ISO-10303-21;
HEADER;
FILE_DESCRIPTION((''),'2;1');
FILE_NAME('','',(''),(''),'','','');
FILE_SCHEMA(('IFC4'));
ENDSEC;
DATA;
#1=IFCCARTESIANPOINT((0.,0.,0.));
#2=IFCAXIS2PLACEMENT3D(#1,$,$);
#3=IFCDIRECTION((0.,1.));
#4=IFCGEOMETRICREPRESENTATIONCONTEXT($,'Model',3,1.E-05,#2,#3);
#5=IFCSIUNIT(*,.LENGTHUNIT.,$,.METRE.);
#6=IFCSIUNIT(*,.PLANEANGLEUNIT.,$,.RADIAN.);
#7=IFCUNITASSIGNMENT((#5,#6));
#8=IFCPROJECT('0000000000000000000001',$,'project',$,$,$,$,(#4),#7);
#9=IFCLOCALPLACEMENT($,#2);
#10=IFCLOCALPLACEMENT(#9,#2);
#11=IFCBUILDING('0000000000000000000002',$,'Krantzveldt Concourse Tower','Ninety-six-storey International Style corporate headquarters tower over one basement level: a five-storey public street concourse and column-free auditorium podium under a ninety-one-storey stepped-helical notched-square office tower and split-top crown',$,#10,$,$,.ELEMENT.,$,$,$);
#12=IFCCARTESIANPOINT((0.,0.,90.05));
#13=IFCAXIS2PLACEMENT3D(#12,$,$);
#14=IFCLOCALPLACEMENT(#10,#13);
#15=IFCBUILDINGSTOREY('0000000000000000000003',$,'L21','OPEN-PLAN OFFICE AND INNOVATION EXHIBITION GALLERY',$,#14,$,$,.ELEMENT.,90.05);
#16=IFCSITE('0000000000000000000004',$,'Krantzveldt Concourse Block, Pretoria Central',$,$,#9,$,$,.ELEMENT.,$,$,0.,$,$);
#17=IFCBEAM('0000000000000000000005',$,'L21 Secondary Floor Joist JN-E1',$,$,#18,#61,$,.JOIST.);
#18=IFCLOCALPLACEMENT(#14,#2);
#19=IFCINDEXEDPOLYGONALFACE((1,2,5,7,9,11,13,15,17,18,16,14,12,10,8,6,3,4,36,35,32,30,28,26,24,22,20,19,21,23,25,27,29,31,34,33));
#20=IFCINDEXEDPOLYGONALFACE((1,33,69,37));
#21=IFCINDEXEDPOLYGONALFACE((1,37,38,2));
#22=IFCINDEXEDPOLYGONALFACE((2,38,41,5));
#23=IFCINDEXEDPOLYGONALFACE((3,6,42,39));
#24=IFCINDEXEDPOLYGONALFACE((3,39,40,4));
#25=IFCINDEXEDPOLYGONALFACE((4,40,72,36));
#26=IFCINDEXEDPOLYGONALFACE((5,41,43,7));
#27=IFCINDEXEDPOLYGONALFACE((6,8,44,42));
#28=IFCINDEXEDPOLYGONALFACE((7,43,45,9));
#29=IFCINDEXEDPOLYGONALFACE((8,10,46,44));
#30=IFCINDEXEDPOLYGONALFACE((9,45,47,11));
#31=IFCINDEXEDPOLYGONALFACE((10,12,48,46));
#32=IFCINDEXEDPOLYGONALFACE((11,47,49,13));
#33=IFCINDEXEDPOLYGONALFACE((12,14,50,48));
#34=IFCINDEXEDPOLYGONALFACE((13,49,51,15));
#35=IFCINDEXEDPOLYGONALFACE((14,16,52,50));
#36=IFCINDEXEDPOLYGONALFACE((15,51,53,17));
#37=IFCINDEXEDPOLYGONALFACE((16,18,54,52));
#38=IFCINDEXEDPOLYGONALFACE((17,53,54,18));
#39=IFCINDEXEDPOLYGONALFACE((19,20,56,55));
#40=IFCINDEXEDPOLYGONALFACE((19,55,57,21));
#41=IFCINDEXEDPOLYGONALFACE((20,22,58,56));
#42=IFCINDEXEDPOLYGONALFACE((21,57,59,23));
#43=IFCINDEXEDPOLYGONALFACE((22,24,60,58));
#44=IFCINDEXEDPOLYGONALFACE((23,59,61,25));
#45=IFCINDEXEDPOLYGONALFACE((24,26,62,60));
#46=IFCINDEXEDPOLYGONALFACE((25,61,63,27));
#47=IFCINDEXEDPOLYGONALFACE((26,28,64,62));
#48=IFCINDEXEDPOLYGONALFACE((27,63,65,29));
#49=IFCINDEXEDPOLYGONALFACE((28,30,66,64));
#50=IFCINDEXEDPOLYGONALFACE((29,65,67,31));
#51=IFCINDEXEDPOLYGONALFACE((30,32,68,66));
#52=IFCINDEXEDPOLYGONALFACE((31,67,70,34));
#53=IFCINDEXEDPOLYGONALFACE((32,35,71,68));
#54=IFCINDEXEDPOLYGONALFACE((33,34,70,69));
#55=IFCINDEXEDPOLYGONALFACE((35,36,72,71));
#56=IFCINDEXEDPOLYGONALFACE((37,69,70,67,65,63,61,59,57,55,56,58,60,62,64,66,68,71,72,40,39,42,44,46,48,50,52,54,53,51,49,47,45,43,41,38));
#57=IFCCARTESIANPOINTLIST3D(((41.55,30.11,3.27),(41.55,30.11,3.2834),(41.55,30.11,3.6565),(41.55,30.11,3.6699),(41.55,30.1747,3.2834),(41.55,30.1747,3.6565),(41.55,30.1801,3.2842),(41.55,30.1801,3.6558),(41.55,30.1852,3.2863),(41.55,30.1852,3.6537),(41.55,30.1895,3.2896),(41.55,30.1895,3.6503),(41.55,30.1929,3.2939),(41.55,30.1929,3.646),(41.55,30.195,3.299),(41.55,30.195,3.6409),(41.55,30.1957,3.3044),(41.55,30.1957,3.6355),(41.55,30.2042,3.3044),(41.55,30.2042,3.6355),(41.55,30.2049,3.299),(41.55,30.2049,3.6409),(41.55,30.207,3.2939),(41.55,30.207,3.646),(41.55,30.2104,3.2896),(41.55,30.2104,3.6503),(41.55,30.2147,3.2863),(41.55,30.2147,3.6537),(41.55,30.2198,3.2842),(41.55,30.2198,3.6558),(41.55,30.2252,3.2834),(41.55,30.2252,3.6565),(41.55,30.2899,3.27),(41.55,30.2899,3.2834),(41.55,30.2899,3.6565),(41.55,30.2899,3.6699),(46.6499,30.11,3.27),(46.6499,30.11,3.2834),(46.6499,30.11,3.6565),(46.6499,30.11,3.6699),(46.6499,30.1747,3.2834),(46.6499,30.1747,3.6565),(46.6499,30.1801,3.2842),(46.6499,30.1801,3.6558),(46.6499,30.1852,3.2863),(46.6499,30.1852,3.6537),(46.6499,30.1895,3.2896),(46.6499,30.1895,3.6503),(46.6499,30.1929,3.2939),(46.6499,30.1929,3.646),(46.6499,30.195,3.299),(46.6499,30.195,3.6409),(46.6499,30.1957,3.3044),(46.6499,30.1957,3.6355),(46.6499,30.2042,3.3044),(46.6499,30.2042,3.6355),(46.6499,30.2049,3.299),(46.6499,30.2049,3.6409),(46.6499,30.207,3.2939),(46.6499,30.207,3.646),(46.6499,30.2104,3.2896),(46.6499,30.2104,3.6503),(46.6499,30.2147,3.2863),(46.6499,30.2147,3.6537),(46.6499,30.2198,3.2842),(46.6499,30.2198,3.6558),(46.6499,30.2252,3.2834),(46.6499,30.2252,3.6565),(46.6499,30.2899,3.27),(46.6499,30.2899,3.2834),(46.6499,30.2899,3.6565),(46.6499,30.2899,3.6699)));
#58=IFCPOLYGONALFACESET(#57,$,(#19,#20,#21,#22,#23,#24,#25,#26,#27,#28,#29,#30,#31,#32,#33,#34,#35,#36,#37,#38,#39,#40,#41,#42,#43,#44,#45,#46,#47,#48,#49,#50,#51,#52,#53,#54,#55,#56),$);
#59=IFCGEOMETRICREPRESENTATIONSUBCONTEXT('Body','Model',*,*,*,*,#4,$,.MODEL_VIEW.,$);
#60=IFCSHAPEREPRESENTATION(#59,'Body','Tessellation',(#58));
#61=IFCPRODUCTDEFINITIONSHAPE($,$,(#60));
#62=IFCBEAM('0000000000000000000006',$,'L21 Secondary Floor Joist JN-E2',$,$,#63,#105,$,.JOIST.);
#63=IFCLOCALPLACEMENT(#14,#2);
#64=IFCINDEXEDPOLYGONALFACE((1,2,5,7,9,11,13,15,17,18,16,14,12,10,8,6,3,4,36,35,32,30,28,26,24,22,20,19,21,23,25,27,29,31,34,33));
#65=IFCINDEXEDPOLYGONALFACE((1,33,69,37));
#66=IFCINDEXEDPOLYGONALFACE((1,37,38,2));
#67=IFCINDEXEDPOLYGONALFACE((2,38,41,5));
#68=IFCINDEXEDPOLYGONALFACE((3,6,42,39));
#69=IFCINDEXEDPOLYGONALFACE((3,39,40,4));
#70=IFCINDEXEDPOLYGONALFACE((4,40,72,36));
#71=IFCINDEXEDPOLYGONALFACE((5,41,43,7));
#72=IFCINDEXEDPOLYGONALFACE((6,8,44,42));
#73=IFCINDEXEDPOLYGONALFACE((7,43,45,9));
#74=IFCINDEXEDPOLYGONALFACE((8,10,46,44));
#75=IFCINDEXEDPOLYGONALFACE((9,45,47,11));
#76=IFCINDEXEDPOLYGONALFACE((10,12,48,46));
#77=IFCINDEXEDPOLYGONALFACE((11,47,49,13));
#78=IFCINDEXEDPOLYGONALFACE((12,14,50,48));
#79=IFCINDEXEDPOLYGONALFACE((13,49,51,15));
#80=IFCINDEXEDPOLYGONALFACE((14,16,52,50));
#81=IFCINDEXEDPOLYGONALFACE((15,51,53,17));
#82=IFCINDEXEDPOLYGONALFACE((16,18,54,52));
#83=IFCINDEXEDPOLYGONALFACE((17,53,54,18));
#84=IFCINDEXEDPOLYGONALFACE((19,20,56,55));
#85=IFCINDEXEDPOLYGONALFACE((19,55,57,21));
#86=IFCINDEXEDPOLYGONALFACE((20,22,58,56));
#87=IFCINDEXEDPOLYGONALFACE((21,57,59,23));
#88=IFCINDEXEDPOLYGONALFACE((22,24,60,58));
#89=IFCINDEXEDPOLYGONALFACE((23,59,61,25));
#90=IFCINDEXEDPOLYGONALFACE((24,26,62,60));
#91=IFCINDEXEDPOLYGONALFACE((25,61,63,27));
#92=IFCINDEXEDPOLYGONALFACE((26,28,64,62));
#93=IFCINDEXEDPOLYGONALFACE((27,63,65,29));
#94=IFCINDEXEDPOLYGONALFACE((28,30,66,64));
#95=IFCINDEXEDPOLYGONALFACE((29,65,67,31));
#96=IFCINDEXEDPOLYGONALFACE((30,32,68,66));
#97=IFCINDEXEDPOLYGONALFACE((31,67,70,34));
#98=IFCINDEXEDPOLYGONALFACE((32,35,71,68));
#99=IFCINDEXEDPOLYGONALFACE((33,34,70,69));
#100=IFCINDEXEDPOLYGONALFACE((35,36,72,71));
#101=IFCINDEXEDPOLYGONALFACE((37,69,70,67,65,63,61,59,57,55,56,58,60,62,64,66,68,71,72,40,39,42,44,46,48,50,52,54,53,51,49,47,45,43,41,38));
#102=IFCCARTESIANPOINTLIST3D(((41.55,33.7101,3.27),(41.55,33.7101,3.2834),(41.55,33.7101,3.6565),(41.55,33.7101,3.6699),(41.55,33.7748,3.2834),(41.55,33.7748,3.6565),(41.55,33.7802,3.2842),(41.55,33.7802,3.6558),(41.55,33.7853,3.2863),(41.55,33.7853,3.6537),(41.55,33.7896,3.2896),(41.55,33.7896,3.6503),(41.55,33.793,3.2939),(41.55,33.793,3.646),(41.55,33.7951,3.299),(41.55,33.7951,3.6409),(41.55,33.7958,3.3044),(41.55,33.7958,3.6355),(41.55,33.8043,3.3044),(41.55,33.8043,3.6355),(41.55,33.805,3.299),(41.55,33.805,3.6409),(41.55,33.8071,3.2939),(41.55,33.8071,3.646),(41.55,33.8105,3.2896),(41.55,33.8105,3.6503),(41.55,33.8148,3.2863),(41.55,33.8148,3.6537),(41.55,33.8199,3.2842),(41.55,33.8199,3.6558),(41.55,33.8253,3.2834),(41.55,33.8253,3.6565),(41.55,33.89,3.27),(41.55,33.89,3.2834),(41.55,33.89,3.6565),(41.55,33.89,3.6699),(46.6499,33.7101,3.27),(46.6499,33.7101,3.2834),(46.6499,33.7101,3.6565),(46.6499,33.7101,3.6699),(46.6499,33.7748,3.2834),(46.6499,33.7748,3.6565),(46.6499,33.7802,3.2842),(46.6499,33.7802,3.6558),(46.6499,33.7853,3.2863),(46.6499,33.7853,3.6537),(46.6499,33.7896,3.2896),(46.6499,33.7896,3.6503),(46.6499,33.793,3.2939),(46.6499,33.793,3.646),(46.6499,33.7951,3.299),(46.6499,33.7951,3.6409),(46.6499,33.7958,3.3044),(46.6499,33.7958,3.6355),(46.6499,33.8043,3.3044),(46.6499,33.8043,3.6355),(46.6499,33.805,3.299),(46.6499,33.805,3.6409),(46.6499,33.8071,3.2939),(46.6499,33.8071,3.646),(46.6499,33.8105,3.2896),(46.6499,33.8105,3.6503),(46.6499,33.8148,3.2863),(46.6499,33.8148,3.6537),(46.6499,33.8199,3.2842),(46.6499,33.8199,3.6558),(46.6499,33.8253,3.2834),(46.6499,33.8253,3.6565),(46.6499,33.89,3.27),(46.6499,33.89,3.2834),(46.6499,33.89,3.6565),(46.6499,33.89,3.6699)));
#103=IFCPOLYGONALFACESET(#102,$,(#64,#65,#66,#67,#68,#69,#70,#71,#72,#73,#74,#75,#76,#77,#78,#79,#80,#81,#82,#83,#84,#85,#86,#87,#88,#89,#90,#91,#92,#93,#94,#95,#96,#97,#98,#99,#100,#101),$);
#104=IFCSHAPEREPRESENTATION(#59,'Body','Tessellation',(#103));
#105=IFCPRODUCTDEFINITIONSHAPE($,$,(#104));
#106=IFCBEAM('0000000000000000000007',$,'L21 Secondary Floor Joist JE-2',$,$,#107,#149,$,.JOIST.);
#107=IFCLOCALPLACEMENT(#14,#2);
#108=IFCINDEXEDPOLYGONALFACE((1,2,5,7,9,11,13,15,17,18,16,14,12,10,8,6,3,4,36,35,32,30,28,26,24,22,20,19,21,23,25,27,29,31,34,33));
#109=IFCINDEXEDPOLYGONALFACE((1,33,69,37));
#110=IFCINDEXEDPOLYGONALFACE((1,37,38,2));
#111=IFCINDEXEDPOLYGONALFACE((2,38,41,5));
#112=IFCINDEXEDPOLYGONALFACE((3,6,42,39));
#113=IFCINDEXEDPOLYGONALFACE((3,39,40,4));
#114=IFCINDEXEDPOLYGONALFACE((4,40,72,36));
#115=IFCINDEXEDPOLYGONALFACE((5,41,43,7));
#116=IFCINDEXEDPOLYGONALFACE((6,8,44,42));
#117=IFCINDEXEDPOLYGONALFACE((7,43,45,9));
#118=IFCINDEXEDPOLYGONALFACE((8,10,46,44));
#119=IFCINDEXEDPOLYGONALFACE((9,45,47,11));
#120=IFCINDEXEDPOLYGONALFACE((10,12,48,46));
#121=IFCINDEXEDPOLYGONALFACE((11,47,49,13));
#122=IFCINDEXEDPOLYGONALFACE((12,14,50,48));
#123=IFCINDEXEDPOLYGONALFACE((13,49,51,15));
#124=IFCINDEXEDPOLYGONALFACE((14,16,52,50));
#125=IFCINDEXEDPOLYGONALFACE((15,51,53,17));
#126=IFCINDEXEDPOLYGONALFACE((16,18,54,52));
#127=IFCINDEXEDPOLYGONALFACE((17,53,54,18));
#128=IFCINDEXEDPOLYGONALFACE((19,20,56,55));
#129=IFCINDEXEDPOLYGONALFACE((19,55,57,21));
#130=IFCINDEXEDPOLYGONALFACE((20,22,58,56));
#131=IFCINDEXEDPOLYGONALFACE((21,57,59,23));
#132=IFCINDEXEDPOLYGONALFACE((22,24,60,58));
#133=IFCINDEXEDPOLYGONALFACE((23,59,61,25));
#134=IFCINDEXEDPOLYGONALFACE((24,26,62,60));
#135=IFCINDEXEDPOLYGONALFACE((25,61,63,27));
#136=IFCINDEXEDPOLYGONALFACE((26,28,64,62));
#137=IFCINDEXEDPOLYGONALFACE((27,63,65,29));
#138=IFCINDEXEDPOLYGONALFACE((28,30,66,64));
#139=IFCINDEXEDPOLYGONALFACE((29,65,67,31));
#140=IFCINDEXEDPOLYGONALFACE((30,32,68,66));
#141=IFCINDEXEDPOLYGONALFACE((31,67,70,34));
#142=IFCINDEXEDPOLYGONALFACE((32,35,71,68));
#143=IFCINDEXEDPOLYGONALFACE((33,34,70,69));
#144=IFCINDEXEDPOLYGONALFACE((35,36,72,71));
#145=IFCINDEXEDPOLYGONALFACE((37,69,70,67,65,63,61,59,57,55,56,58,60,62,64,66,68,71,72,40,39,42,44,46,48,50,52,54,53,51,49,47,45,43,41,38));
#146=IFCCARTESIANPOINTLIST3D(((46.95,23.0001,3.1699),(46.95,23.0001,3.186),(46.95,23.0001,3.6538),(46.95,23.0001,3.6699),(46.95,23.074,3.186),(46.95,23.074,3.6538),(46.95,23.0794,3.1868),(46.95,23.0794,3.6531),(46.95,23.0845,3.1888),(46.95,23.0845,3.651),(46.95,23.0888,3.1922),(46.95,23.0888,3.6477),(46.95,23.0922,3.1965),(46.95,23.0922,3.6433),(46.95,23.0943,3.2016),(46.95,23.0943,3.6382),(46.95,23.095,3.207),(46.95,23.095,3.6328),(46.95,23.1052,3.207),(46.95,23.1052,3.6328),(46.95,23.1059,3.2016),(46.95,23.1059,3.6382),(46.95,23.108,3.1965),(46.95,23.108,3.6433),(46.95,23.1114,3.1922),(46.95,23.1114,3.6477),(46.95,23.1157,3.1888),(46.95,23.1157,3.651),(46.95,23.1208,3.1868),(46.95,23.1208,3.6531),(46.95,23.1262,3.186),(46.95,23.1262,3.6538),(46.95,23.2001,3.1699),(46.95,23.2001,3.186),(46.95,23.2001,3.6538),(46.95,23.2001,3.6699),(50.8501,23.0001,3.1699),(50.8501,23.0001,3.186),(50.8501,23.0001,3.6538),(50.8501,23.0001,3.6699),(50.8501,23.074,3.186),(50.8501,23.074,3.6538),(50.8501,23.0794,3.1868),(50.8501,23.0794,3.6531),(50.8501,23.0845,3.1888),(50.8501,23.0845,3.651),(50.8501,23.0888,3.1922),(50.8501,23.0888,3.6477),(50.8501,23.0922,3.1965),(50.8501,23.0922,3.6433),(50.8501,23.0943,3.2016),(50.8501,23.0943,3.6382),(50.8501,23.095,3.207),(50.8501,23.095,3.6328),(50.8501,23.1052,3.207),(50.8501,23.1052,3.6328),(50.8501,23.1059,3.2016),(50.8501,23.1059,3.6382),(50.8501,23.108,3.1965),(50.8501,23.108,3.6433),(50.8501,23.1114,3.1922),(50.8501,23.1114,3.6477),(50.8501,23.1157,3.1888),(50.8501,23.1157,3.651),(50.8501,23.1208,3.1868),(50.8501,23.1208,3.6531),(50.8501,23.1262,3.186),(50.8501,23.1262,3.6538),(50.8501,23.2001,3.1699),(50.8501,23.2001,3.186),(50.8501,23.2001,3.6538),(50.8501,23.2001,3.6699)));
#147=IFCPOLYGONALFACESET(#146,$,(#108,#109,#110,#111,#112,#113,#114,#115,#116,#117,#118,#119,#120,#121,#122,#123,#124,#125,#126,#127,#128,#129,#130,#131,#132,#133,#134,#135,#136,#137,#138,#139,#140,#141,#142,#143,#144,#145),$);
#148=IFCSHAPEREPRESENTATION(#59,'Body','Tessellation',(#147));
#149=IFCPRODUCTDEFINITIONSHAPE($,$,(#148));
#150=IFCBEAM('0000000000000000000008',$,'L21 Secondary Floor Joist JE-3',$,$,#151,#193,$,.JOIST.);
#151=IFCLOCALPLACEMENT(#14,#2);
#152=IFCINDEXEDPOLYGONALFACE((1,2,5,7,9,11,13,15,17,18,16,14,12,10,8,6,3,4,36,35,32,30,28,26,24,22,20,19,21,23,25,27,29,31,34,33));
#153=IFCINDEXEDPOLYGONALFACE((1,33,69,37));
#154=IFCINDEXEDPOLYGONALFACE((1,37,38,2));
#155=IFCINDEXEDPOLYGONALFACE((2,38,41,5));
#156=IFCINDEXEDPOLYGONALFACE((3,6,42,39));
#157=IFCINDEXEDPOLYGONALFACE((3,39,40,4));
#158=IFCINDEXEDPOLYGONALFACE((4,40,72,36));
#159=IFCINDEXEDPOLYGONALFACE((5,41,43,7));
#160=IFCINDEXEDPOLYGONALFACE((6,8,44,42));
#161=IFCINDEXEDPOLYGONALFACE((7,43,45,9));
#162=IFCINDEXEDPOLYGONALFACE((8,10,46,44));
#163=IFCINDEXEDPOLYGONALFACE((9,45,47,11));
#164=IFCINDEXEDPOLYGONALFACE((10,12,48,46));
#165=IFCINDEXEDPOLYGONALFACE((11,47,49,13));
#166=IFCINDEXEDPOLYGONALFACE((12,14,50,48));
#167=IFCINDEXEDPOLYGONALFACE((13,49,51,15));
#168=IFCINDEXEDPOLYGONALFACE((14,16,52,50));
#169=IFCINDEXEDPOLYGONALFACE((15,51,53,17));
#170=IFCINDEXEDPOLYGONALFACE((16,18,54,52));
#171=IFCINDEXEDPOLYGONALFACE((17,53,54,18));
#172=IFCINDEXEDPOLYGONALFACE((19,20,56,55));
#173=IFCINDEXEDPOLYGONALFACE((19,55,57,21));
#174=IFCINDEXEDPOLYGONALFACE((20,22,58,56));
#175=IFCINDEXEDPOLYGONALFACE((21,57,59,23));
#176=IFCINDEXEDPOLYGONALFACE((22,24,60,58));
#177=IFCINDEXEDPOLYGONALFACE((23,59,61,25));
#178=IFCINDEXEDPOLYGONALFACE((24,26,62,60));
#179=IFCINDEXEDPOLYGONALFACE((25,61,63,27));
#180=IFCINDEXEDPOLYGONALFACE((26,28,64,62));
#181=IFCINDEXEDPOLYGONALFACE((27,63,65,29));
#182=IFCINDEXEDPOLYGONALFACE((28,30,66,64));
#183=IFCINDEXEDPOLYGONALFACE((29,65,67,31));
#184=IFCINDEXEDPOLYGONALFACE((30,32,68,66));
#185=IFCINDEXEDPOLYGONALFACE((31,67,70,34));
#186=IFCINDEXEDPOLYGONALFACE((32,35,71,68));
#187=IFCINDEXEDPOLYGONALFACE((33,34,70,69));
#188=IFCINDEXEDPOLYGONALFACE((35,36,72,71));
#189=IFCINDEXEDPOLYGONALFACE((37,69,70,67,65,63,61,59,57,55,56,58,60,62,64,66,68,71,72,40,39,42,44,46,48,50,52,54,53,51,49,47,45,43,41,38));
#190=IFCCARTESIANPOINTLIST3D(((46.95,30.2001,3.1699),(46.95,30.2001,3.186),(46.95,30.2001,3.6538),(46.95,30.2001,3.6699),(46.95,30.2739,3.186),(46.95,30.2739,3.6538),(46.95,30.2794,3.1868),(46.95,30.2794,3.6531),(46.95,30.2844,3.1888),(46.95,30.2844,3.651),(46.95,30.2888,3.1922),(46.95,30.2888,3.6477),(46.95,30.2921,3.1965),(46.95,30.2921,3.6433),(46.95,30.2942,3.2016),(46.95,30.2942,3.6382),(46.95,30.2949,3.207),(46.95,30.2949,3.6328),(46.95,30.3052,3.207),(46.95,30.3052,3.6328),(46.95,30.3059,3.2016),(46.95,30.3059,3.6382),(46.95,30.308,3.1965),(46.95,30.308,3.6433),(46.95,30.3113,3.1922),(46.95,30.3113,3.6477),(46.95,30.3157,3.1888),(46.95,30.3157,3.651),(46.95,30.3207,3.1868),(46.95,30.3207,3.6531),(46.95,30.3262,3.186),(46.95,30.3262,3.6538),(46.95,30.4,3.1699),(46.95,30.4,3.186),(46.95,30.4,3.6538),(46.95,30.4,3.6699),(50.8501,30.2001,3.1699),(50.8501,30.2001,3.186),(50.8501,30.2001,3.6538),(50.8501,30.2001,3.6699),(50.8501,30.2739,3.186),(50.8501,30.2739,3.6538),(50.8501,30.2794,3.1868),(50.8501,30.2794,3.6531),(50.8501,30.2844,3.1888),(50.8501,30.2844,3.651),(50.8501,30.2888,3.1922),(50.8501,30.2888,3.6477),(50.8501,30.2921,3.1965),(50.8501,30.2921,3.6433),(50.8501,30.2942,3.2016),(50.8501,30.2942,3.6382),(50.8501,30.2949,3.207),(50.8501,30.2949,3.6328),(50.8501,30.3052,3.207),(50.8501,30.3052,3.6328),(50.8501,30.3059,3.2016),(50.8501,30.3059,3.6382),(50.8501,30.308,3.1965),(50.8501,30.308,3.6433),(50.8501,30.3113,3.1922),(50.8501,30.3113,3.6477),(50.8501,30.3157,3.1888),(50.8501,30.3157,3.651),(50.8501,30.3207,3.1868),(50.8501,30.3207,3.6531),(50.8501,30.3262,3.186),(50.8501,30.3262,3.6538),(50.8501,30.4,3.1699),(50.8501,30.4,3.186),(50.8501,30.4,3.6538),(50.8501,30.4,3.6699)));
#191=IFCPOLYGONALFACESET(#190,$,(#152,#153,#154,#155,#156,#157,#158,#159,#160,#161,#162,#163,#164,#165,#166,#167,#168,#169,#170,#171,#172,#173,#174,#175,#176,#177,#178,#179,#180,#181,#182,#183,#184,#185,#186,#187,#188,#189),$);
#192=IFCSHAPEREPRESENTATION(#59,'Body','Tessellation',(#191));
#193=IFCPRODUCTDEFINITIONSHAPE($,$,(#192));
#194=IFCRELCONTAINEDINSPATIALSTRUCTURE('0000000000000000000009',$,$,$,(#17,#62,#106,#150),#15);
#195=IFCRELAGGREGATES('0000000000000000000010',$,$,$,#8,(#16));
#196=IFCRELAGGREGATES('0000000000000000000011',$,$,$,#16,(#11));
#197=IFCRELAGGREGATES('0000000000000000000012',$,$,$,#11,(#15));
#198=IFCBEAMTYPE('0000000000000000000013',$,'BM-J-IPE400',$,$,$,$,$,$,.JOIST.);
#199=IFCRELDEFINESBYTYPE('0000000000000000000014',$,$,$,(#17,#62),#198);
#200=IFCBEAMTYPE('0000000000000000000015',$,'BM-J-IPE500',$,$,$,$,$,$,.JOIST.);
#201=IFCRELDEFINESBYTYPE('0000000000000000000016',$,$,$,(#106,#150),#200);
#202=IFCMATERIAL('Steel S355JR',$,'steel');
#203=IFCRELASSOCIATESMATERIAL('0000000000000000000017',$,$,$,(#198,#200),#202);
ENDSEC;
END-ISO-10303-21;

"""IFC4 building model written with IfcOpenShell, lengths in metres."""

from ifc_helpers import new_model, si_unit, direction, frame, origin, origin_2d, place, context, subcontext, project, spatial, i_section, extrude, source, transform, mapped, material, material_profile, profile_set, type_object, type_shapes, element, save


model = new_model("IFC4")

# Units and contexts
model_context = context("Model", 3, precision=1e-05, world=origin(), true_north=direction((0.0, 1.0)))
body_context = subcontext(model_context, "Body", "Model", "MODEL_VIEW")
ifc_project = project(units=[si_unit("LENGTHUNIT", "METRE"), si_unit("PLANEANGLEUNIT", "RADIAN")], contexts=[model_context])

# Site, building, storey
site_placement = place(None, origin())
site = spatial("IfcSite", under=ifc_project, at=site_placement, Name="Krantzveldt Concourse Block, Pretoria Central", CompositionType="ELEMENT", RefElevation=0.0)
building_placement = place(site_placement, origin())
building = spatial("IfcBuilding", under=site, at=building_placement, Name="Krantzveldt Concourse Tower", Description="Ninety-six-storey International Style corporate headquarters tower over one basement level: a five-storey public street concourse and column-free auditorium podium under a ninety-one-storey stepped-helical notched-square office tower and split-top crown", CompositionType="ELEMENT")
storey_placement = place(building_placement, frame((0.0, 0.0, 90.05)))
storey = spatial("IfcBuildingStorey", under=building, at=storey_placement, Name="L21", Description="OPEN-PLAN OFFICE AND INNOVATION EXHIBITION GALLERY", CompositionType="ELEMENT", Elevation=90.05)

# Beams
ifc_material_1 = material(Name="Steel S355JR", Category="steel")
ifc_material_profile_1 = material_profile(ifc_material_1, i_section(OverallWidth=0.1799, OverallDepth=0.3999, WebThickness=0.0085, FlangeThickness=0.0134, FilletRadius=0.021, at=origin_2d()), Name="Steel S355JR", Category="steel")
ifc_profile_set_1 = profile_set([ifc_material_profile_1], Name="Steel S355JR - IPE 400")
beam_type_1 = type_object("IfcBeamType", Name="BM-J-IPE400", PredefinedType="JOIST", material=ifc_profile_set_1)
shared_shape_1 = source(origin(), body_context, "Body", "SweptSolid", [
    extrude(i_section(OverallWidth=0.1799, OverallDepth=0.3999, WebThickness=0.0085, FlangeThickness=0.0134, FilletRadius=0.021, at=origin_2d()), origin(), (0.0, 0.0, 1.0), 5.0999),
])
type_shapes(beam_type_1, [shared_shape_1])
for number, where, z_axis, x_axis, name in (
    (1, (41.55, 30.2, 3.47), (1.0, 0.0, 0.0), (0.0, 1.0, 0.0), "L21 Secondary Floor Joist JN-E1"),
    (2, (41.55, 33.8, 3.47), (1.0, 0.0, 0.0), (0.0, 1.0, 0.0), "L21 Secondary Floor Joist JN-E2"),
):
    element("IfcBeam", number, at=place(storey_placement, frame(where, z_axis=z_axis, x_axis=x_axis)), inside=storey, type_object=beam_type_1, Name=name, PredefinedType="JOIST", context=body_context, shape_type="MappedRepresentation", body=[
        mapped(shared_shape_1, transform((0.0, 0.0, 0.0), x_axis=(1.0, 0.0, 0.0), y_axis=(0.0, 1.0, 0.0), z_axis=(0.0, 0.0, 1.0), scale=1.0)),
    ])
ifc_material_profile_2 = material_profile(ifc_material_1, i_section(OverallWidth=0.2, OverallDepth=0.5, WebThickness=0.0103, FlangeThickness=0.0161, FilletRadius=0.021, at=origin_2d()), Name="Steel S355JR", Category="steel")
ifc_profile_set_2 = profile_set([ifc_material_profile_2], Name="Steel S355JR - IPE 500")
beam_type_2 = type_object("IfcBeamType", Name="BM-J-IPE500", PredefinedType="JOIST", material=ifc_profile_set_2)
shared_shape_2 = source(origin(), body_context, "Body", "SweptSolid", [
    extrude(i_section(OverallWidth=0.2, OverallDepth=0.5, WebThickness=0.0103, FlangeThickness=0.0161, FilletRadius=0.021, at=origin_2d()), origin(), (0.0, 0.0, 1.0), 3.9001),
])
type_shapes(beam_type_2, [shared_shape_2])
for number, where, z_axis, x_axis, name in (
    (3, (46.95, 23.1001, 3.4199), (1.0, 0.0, 0.0), (0.0, 1.0, 0.0), "L21 Secondary Floor Joist JE-2"),
    (4, (46.95, 30.3, 3.4199), (1.0, 0.0, 0.0), (0.0, 1.0, 0.0), "L21 Secondary Floor Joist JE-3"),
):
    element("IfcBeam", number, at=place(storey_placement, frame(where, z_axis=z_axis, x_axis=x_axis)), inside=storey, type_object=beam_type_2, Name=name, PredefinedType="JOIST", context=body_context, shape_type="MappedRepresentation", body=[
        mapped(shared_shape_2, transform((0.0, 0.0, 0.0), x_axis=(1.0, 0.0, 0.0), y_axis=(0.0, 1.0, 0.0), z_axis=(0.0, 0.0, 1.0), scale=1.0)),
    ])

save(model, "model.ifc")
